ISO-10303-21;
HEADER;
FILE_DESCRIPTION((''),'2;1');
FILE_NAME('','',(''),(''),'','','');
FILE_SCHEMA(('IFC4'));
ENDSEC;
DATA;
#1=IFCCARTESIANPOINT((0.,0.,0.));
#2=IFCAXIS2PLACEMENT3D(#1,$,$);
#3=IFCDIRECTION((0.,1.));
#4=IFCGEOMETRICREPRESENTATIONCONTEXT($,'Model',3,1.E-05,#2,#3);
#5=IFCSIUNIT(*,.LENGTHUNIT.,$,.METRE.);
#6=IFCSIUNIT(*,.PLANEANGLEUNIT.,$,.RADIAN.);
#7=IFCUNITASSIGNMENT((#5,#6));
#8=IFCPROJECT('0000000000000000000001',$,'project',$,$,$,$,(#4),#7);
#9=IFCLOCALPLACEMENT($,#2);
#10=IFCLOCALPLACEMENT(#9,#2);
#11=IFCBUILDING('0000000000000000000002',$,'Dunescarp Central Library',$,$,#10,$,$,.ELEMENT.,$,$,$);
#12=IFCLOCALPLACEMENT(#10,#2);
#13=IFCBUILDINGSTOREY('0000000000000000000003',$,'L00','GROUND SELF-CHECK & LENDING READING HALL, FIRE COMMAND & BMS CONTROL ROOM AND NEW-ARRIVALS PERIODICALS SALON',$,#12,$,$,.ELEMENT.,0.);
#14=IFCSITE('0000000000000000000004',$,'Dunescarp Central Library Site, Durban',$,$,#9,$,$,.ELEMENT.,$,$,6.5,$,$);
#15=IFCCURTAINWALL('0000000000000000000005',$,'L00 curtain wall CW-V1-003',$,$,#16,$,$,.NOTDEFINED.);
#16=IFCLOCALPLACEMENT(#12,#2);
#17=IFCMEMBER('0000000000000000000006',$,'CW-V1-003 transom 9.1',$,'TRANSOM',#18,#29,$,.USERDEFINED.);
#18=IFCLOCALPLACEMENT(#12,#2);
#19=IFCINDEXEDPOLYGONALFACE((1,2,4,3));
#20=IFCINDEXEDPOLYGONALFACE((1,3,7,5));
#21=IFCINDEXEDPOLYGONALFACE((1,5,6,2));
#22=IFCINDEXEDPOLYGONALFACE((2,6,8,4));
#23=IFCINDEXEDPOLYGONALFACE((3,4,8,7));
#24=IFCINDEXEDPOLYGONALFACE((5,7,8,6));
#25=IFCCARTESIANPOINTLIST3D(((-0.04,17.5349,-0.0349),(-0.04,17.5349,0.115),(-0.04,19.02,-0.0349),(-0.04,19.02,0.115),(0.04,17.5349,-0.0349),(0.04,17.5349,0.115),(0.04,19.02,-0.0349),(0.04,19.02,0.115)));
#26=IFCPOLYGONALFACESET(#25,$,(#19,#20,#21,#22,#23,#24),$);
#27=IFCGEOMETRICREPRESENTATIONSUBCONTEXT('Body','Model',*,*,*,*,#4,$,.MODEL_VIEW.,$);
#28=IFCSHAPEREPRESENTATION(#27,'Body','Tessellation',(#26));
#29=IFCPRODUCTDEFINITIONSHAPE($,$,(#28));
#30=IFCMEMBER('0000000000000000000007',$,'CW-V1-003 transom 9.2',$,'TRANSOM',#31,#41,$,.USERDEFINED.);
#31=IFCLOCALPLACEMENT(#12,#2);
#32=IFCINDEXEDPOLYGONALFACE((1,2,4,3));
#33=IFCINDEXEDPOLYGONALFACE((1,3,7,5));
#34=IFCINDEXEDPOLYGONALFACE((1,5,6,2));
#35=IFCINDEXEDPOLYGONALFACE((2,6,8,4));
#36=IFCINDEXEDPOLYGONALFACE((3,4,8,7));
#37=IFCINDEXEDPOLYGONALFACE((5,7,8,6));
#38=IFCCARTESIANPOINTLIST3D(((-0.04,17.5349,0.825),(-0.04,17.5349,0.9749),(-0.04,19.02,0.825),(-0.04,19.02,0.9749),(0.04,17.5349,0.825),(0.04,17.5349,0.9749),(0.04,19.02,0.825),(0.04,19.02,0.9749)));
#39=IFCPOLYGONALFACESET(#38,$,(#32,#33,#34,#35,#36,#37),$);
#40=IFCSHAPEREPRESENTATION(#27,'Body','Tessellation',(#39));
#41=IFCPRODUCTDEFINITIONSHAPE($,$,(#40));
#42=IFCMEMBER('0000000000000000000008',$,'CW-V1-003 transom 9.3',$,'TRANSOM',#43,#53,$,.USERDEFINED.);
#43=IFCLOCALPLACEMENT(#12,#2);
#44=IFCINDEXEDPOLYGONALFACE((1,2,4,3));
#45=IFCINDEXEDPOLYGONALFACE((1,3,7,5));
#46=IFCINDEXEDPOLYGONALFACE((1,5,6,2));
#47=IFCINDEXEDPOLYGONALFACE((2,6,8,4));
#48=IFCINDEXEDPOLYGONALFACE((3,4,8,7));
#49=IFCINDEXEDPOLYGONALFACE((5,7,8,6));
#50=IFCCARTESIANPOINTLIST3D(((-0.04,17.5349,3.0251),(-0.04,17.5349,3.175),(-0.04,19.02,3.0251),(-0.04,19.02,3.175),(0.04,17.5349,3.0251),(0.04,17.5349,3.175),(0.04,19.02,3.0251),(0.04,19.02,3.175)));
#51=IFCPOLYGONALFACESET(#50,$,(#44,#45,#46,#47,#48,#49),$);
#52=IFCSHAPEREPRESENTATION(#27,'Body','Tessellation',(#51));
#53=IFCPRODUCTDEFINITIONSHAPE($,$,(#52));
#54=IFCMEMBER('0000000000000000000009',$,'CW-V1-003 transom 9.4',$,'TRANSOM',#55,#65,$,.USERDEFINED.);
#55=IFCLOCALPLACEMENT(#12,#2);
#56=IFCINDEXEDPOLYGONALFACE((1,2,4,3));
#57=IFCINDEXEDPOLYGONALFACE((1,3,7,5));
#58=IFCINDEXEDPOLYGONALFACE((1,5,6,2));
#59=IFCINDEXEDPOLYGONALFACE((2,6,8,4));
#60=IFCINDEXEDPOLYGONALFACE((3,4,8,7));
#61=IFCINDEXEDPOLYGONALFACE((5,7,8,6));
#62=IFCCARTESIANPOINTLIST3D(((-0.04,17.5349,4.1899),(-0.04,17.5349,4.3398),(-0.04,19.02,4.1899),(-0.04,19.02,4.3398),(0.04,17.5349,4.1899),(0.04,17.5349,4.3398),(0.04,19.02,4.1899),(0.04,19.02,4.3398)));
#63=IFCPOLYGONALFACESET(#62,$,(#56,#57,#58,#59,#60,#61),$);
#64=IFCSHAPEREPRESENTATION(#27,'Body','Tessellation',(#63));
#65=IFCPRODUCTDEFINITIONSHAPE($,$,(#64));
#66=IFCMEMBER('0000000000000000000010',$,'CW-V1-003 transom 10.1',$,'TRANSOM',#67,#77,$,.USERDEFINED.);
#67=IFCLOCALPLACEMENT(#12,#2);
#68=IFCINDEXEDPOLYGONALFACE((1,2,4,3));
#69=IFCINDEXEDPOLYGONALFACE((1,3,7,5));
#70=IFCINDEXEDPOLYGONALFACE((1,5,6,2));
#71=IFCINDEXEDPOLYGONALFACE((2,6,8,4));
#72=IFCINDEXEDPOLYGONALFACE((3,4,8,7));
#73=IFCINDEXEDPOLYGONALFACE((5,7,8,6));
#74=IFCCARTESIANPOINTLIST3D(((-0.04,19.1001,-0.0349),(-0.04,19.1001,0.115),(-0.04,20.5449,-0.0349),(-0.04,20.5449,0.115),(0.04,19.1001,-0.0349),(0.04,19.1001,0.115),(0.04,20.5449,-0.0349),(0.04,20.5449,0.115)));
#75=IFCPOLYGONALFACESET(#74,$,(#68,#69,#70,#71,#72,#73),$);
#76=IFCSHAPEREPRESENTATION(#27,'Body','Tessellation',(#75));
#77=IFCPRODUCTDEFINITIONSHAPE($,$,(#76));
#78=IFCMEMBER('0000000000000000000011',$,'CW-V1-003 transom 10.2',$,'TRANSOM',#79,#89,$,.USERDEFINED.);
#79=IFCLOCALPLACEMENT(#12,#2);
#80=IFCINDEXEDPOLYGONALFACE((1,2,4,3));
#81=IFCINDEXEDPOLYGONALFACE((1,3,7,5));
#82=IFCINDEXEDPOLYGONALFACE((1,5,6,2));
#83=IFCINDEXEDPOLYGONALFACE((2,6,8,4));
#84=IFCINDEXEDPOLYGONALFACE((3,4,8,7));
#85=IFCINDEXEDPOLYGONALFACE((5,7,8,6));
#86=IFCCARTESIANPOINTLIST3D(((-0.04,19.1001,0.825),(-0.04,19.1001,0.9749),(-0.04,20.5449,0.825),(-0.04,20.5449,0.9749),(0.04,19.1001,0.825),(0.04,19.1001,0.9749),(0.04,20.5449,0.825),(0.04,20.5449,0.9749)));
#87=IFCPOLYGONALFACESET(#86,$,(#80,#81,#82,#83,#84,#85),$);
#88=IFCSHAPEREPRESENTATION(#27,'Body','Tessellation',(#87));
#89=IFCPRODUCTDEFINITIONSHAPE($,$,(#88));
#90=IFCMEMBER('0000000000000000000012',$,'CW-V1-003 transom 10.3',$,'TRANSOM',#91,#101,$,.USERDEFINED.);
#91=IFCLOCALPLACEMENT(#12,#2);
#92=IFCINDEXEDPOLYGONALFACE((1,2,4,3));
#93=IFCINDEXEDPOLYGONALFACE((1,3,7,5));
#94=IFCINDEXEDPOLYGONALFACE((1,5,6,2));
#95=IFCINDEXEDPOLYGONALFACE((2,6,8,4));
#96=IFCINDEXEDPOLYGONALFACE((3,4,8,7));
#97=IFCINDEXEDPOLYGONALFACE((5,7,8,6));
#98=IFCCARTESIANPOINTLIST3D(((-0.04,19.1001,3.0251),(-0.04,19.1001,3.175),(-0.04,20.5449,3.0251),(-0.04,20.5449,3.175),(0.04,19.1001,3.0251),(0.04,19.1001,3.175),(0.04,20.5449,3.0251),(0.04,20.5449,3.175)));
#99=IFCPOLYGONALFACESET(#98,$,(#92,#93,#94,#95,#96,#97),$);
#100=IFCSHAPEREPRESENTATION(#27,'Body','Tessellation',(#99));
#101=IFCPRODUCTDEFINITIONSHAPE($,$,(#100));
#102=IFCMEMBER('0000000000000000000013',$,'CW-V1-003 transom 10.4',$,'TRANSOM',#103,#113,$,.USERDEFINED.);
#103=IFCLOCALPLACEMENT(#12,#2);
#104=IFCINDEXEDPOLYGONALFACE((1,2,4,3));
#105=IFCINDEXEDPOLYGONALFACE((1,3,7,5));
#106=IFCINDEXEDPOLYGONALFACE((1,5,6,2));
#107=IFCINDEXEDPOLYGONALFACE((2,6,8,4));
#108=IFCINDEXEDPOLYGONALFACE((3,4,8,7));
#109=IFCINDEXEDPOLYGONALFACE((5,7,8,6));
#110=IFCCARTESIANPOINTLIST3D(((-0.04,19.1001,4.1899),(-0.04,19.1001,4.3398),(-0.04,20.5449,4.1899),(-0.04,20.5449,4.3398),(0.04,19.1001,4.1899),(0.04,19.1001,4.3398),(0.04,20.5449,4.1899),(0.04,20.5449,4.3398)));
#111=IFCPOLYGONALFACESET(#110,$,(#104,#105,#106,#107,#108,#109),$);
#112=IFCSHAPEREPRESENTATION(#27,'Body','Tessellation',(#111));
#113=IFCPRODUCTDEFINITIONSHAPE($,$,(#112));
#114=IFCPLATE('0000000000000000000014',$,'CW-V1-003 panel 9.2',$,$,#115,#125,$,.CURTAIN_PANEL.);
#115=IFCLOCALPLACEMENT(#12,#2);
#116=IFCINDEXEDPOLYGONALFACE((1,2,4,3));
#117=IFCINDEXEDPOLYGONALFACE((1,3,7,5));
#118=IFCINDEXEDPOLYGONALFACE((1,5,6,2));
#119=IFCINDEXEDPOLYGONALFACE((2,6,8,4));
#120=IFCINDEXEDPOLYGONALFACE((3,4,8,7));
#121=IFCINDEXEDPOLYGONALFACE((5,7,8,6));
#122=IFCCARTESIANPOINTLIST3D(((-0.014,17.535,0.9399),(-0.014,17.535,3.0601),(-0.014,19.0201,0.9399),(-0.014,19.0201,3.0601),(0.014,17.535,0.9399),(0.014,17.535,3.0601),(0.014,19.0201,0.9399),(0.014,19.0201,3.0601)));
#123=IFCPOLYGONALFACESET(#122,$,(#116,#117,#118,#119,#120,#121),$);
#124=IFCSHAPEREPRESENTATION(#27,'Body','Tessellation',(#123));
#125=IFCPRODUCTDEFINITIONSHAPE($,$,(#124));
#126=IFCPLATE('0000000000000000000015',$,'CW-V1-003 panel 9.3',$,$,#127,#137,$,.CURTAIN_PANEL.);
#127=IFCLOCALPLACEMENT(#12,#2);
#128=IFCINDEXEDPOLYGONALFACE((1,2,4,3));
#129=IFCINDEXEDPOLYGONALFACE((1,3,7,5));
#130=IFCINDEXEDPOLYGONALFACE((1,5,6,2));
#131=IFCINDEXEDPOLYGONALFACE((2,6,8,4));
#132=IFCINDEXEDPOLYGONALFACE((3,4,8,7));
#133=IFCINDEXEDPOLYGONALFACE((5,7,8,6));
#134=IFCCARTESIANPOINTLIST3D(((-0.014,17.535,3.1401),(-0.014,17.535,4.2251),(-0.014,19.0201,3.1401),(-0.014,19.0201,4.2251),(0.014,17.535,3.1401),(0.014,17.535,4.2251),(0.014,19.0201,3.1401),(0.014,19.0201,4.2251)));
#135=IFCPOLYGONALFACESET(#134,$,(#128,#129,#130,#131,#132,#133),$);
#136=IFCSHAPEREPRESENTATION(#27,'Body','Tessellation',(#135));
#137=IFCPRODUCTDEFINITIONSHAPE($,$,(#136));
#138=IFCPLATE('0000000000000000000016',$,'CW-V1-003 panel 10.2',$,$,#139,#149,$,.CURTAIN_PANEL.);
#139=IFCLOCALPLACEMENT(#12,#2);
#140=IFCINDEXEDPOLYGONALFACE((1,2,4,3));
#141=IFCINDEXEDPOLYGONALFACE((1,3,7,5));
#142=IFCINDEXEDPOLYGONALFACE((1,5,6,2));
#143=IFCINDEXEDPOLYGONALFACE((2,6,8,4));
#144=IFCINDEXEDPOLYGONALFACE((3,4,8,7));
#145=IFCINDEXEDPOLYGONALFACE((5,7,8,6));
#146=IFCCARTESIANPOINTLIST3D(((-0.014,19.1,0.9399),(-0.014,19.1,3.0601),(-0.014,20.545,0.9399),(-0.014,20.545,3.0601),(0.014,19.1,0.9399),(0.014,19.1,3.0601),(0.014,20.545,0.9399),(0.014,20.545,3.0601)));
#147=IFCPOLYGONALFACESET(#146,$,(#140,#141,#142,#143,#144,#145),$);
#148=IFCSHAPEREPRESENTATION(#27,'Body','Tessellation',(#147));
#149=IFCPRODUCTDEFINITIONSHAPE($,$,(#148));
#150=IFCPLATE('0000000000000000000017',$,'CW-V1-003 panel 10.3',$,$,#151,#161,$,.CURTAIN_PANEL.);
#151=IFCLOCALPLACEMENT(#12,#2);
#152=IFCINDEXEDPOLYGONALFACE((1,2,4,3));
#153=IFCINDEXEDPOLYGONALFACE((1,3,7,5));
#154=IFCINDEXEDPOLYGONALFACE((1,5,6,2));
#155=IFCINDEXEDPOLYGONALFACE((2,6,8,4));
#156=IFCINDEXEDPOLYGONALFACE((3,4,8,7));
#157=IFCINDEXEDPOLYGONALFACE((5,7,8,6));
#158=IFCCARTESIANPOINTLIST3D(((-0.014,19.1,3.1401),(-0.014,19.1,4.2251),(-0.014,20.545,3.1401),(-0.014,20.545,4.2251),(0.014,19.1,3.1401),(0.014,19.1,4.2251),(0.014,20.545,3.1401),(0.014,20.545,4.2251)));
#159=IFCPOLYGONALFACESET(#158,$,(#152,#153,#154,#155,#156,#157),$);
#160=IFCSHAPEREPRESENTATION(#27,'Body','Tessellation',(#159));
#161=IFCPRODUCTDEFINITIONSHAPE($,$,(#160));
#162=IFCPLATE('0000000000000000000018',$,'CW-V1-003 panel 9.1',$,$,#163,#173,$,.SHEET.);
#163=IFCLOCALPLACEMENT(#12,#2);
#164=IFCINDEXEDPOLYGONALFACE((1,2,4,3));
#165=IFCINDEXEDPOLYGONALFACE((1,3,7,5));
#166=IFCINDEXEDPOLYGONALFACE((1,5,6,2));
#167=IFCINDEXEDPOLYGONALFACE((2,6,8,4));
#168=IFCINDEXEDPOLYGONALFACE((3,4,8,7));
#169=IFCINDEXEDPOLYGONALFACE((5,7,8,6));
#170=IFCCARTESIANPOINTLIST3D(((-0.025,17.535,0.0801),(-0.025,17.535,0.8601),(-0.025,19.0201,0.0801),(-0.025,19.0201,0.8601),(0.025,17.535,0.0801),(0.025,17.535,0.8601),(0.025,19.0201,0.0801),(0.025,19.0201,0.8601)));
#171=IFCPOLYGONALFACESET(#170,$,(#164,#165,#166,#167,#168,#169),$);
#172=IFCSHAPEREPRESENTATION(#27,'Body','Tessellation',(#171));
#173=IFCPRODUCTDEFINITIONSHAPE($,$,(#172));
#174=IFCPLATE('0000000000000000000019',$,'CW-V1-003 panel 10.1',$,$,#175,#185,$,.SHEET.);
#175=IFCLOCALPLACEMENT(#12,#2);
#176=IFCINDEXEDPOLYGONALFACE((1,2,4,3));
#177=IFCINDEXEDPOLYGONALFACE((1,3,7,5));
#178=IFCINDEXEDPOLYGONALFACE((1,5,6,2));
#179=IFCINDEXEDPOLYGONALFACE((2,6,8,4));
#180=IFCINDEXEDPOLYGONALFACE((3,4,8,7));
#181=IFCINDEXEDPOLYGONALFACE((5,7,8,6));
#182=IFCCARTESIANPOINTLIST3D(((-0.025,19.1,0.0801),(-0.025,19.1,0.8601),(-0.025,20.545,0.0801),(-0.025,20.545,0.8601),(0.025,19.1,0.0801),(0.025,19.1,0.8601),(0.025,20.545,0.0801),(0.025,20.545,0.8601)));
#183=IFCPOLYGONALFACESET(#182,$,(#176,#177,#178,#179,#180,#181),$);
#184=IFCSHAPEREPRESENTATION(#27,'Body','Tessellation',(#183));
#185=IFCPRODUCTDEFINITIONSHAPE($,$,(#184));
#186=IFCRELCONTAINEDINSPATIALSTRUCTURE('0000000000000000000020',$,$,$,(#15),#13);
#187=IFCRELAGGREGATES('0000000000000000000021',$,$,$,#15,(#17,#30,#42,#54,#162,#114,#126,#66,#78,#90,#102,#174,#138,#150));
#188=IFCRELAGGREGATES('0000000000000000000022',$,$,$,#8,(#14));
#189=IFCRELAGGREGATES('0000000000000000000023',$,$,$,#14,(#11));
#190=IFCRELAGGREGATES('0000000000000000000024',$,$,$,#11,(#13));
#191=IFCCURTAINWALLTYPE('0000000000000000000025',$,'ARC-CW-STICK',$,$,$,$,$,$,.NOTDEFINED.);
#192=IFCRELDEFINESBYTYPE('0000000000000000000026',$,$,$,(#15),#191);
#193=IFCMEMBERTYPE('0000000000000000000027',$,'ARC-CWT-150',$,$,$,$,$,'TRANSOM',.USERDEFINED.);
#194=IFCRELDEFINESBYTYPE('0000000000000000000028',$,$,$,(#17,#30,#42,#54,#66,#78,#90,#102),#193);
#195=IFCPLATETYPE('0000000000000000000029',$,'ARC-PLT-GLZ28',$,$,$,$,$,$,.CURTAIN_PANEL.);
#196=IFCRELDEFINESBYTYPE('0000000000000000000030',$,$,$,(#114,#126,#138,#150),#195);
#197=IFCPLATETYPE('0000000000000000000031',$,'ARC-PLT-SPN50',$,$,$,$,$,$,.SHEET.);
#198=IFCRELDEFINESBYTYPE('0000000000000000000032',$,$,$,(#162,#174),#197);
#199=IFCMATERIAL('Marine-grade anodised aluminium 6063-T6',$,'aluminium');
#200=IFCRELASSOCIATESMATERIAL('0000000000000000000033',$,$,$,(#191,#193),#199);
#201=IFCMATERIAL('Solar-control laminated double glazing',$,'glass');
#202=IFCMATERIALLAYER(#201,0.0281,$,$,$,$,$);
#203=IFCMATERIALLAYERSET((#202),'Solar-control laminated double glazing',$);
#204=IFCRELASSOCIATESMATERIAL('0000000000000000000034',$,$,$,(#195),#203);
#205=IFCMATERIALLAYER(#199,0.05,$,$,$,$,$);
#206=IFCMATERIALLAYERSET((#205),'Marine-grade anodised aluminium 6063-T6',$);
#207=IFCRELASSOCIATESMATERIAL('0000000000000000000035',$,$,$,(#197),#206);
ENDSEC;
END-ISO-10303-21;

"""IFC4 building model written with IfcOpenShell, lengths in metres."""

from ifc_helpers import new_model, si_unit, direction, frame, origin, origin_2d, place, context, subcontext, project, spatial, rectangle, extrude, material, layer, layer_set, material_profile, profile_set, type_object, element, aggregate, save


model = new_model("IFC4")

# Units and contexts
model_context = context("Model", 3, precision=1e-05, world=origin(), true_north=direction((0.0, 1.0)))
body_context = subcontext(model_context, "Body", "Model", "MODEL_VIEW")
ifc_project = project(units=[si_unit("LENGTHUNIT", "METRE"), si_unit("PLANEANGLEUNIT", "RADIAN")], contexts=[model_context])

# Site, building, storey
site_placement = place(None, origin())
site = spatial("IfcSite", under=ifc_project, at=site_placement, Name="Dunescarp Central Library Site, Durban", CompositionType="ELEMENT", RefElevation=6.5)
building_placement = place(site_placement, origin())
building = spatial("IfcBuilding", under=site, at=building_placement, Name="Dunescarp Central Library", CompositionType="ELEMENT")
storey_placement = place(building_placement, origin())
storey = spatial("IfcBuildingStorey", under=building, at=storey_placement, Name="L00", Description="GROUND SELF-CHECK & LENDING READING HALL, FIRE COMMAND & BMS CONTROL ROOM AND NEW-ARRIVALS PERIODICALS SALON", CompositionType="ELEMENT", Elevation=0.0)

# Curtain wall, members, plates
ifc_material_1 = material(Name="Marine-grade anodised aluminium 6063-T6", Category="aluminium")
curtain_wall_type = type_object("IfcCurtainWallType", Name="ARC-CW-STICK", PredefinedType="NOTDEFINED", material=ifc_material_1)
curtain_wall_placement = place(storey_placement, origin())
curtain_wall = element("IfcCurtainWall", 1, at=curtain_wall_placement, inside=storey, type_object=curtain_wall_type, Name="L00 curtain wall CW-V1-003", PredefinedType="NOTDEFINED")
ifc_material_profile_1 = material_profile(ifc_material_1, rectangle(XDim=0.0801, YDim=0.1499, at=origin_2d()), Name="AL 80x150")
ifc_profile_set_1 = profile_set([ifc_material_profile_1], Name="Marine-grade anodised aluminium 6063-T6")
member_type_1 = type_object("IfcMemberType", Name="ARC-CWT-150", ElementType="TRANSOM", PredefinedType="USERDEFINED", material=ifc_profile_set_1)
member_1_placement = place(storey_placement, frame((0.0, 17.5349, 0.04), z_axis=(0.0, 1.0, 0.0), x_axis=(-1.0, 0.0, 0.0)))
member_1 = element("IfcMember", 2, at=member_1_placement, type_object=member_type_1, Name="CW-V1-003 transom 9.1", ObjectType="TRANSOM", PredefinedType="USERDEFINED", context=body_context, shape_type="SweptSolid", body=[
    extrude(rectangle(XDim=0.0801, YDim=0.1499, at=origin_2d()), origin(), (0.0, 0.0, 1.0), 1.4851),
])
member_2_placement = place(storey_placement, frame((0.0, 17.5349, 0.8999), z_axis=(0.0, 1.0, 0.0), x_axis=(-1.0, 0.0, 0.0)))
member_2 = element("IfcMember", 3, at=member_2_placement, type_object=member_type_1, Name="CW-V1-003 transom 9.2", ObjectType="TRANSOM", PredefinedType="USERDEFINED", context=body_context, shape_type="SweptSolid", body=[
    extrude(rectangle(XDim=0.0801, YDim=0.1499, at=origin_2d()), origin(), (0.0, 0.0, 1.0), 1.4851),
])
member_3_placement = place(storey_placement, frame((0.0, 17.5349, 3.1001), z_axis=(0.0, 1.0, 0.0), x_axis=(-1.0, 0.0, 0.0)))
member_3 = element("IfcMember", 4, at=member_3_placement, type_object=member_type_1, Name="CW-V1-003 transom 9.3", ObjectType="TRANSOM", PredefinedType="USERDEFINED", context=body_context, shape_type="SweptSolid", body=[
    extrude(rectangle(XDim=0.0801, YDim=0.1499, at=origin_2d()), origin(), (0.0, 0.0, 1.0), 1.4851),
])
member_4_placement = place(storey_placement, frame((0.0, 17.5349, 4.2649), z_axis=(0.0, 1.0, 0.0), x_axis=(-1.0, 0.0, 0.0)))
member_4 = element("IfcMember", 5, at=member_4_placement, type_object=member_type_1, Name="CW-V1-003 transom 9.4", ObjectType="TRANSOM", PredefinedType="USERDEFINED", context=body_context, shape_type="SweptSolid", body=[
    extrude(rectangle(XDim=0.0801, YDim=0.1499, at=origin_2d()), origin(), (0.0, 0.0, 1.0), 1.4851),
])
member_5_placement = place(storey_placement, frame((0.0, 19.1001, 0.04), z_axis=(0.0, 1.0, 0.0), x_axis=(-1.0, 0.0, 0.0)))
member_5 = element("IfcMember", 6, at=member_5_placement, type_object=member_type_1, Name="CW-V1-003 transom 10.1", ObjectType="TRANSOM", PredefinedType="USERDEFINED", context=body_context, shape_type="SweptSolid", body=[
    extrude(rectangle(XDim=0.0801, YDim=0.1499, at=origin_2d()), origin(), (0.0, 0.0, 1.0), 1.4448),
])
member_6_placement = place(storey_placement, frame((0.0, 19.1001, 0.8999), z_axis=(0.0, 1.0, 0.0), x_axis=(-1.0, 0.0, 0.0)))
member_6 = element("IfcMember", 7, at=member_6_placement, type_object=member_type_1, Name="CW-V1-003 transom 10.2", ObjectType="TRANSOM", PredefinedType="USERDEFINED", context=body_context, shape_type="SweptSolid", body=[
    extrude(rectangle(XDim=0.0801, YDim=0.1499, at=origin_2d()), origin(), (0.0, 0.0, 1.0), 1.4448),
])
member_7_placement = place(storey_placement, frame((0.0, 19.1001, 3.1001), z_axis=(0.0, 1.0, 0.0), x_axis=(-1.0, 0.0, 0.0)))
member_7 = element("IfcMember", 8, at=member_7_placement, type_object=member_type_1, Name="CW-V1-003 transom 10.3", ObjectType="TRANSOM", PredefinedType="USERDEFINED", context=body_context, shape_type="SweptSolid", body=[
    extrude(rectangle(XDim=0.0801, YDim=0.1499, at=origin_2d()), origin(), (0.0, 0.0, 1.0), 1.4448),
])
member_8_placement = place(storey_placement, frame((0.0, 19.1001, 4.2649), z_axis=(0.0, 1.0, 0.0), x_axis=(-1.0, 0.0, 0.0)))
member_8 = element("IfcMember", 9, at=member_8_placement, type_object=member_type_1, Name="CW-V1-003 transom 10.4", ObjectType="TRANSOM", PredefinedType="USERDEFINED", context=body_context, shape_type="SweptSolid", body=[
    extrude(rectangle(XDim=0.0801, YDim=0.1499, at=origin_2d()), origin(), (0.0, 0.0, 1.0), 1.4448),
])
ifc_material_2 = material(Name="Solar-control laminated double glazing", Category="glass")
ifc_layer_1 = layer(ifc_material_2, 0.0281)
ifc_layer_set_1 = layer_set([ifc_layer_1], Name="Solar-control laminated double glazing")
plate_type_1 = type_object("IfcPlateType", Name="ARC-PLT-GLZ28", PredefinedType="CURTAIN_PANEL", material=ifc_layer_set_1)
plate_1_placement = place(storey_placement, frame((0.0, 18.2776, 0.9399), z_axis=(0.0, 0.0, 1.0), x_axis=(0.0, 1.0, 0.0)))
plate_1 = element("IfcPlate", 10, at=plate_1_placement, type_object=plate_type_1, Name="CW-V1-003 panel 9.2", PredefinedType="CURTAIN_PANEL", context=body_context, shape_type="SweptSolid", body=[
    extrude(rectangle(XDim=1.4851, YDim=0.0281, at=origin_2d()), origin(), (0.0, 0.0, 1.0), 2.1201),
])
plate_2_placement = place(storey_placement, frame((0.0, 18.2776, 3.1401), z_axis=(0.0, 0.0, 1.0), x_axis=(0.0, 1.0, 0.0)))
plate_2 = element("IfcPlate", 11, at=plate_2_placement, type_object=plate_type_1, Name="CW-V1-003 panel 9.3", PredefinedType="CURTAIN_PANEL", context=body_context, shape_type="SweptSolid", body=[
    extrude(rectangle(XDim=1.4851, YDim=0.0281, at=origin_2d()), origin(), (0.0, 0.0, 1.0), 1.085),
])
plate_3_placement = place(storey_placement, frame((0.0, 19.8225, 0.9399), z_axis=(0.0, 0.0, 1.0), x_axis=(0.0, 1.0, 0.0)))
plate_3 = element("IfcPlate", 12, at=plate_3_placement, type_object=plate_type_1, Name="CW-V1-003 panel 10.2", PredefinedType="CURTAIN_PANEL", context=body_context, shape_type="SweptSolid", body=[
    extrude(rectangle(XDim=1.4451, YDim=0.0281, at=origin_2d()), origin(), (0.0, 0.0, 1.0), 2.1201),
])
plate_4_placement = place(storey_placement, frame((0.0, 19.8225, 3.1401), z_axis=(0.0, 0.0, 1.0), x_axis=(0.0, 1.0, 0.0)))
plate_4 = element("IfcPlate", 13, at=plate_4_placement, type_object=plate_type_1, Name="CW-V1-003 panel 10.3", PredefinedType="CURTAIN_PANEL", context=body_context, shape_type="SweptSolid", body=[
    extrude(rectangle(XDim=1.4451, YDim=0.0281, at=origin_2d()), origin(), (0.0, 0.0, 1.0), 1.085),
])
ifc_layer_2 = layer(ifc_material_1, 0.05)
ifc_layer_set_2 = layer_set([ifc_layer_2], Name="Marine-grade anodised aluminium 6063-T6")
plate_type_2 = type_object("IfcPlateType", Name="ARC-PLT-SPN50", PredefinedType="SHEET", material=ifc_layer_set_2)
plate_5_placement = place(storey_placement, frame((0.0, 18.2776, 0.0801), z_axis=(0.0, 0.0, 1.0), x_axis=(0.0, 1.0, 0.0)))
plate_5 = element("IfcPlate", 14, at=plate_5_placement, type_object=plate_type_2, Name="CW-V1-003 panel 9.1", PredefinedType="SHEET", context=body_context, shape_type="SweptSolid", body=[
    extrude(rectangle(XDim=1.4851, YDim=0.05, at=origin_2d()), origin(), (0.0, 0.0, 1.0), 0.78),
])
plate_6_placement = place(storey_placement, frame((0.0, 19.8225, 0.0801), z_axis=(0.0, 0.0, 1.0), x_axis=(0.0, 1.0, 0.0)))
plate_6 = element("IfcPlate", 15, at=plate_6_placement, type_object=plate_type_2, Name="CW-V1-003 panel 10.1", PredefinedType="SHEET", context=body_context, shape_type="SweptSolid", body=[
    extrude(rectangle(XDim=1.4451, YDim=0.05, at=origin_2d()), origin(), (0.0, 0.0, 1.0), 0.78),
])
aggregate(curtain_wall, [member_1, member_2, member_3, member_4, plate_5, plate_1, plate_2, member_5, member_6, member_7, member_8, plate_6, plate_3, plate_4])

save(model, "model.ifc")
